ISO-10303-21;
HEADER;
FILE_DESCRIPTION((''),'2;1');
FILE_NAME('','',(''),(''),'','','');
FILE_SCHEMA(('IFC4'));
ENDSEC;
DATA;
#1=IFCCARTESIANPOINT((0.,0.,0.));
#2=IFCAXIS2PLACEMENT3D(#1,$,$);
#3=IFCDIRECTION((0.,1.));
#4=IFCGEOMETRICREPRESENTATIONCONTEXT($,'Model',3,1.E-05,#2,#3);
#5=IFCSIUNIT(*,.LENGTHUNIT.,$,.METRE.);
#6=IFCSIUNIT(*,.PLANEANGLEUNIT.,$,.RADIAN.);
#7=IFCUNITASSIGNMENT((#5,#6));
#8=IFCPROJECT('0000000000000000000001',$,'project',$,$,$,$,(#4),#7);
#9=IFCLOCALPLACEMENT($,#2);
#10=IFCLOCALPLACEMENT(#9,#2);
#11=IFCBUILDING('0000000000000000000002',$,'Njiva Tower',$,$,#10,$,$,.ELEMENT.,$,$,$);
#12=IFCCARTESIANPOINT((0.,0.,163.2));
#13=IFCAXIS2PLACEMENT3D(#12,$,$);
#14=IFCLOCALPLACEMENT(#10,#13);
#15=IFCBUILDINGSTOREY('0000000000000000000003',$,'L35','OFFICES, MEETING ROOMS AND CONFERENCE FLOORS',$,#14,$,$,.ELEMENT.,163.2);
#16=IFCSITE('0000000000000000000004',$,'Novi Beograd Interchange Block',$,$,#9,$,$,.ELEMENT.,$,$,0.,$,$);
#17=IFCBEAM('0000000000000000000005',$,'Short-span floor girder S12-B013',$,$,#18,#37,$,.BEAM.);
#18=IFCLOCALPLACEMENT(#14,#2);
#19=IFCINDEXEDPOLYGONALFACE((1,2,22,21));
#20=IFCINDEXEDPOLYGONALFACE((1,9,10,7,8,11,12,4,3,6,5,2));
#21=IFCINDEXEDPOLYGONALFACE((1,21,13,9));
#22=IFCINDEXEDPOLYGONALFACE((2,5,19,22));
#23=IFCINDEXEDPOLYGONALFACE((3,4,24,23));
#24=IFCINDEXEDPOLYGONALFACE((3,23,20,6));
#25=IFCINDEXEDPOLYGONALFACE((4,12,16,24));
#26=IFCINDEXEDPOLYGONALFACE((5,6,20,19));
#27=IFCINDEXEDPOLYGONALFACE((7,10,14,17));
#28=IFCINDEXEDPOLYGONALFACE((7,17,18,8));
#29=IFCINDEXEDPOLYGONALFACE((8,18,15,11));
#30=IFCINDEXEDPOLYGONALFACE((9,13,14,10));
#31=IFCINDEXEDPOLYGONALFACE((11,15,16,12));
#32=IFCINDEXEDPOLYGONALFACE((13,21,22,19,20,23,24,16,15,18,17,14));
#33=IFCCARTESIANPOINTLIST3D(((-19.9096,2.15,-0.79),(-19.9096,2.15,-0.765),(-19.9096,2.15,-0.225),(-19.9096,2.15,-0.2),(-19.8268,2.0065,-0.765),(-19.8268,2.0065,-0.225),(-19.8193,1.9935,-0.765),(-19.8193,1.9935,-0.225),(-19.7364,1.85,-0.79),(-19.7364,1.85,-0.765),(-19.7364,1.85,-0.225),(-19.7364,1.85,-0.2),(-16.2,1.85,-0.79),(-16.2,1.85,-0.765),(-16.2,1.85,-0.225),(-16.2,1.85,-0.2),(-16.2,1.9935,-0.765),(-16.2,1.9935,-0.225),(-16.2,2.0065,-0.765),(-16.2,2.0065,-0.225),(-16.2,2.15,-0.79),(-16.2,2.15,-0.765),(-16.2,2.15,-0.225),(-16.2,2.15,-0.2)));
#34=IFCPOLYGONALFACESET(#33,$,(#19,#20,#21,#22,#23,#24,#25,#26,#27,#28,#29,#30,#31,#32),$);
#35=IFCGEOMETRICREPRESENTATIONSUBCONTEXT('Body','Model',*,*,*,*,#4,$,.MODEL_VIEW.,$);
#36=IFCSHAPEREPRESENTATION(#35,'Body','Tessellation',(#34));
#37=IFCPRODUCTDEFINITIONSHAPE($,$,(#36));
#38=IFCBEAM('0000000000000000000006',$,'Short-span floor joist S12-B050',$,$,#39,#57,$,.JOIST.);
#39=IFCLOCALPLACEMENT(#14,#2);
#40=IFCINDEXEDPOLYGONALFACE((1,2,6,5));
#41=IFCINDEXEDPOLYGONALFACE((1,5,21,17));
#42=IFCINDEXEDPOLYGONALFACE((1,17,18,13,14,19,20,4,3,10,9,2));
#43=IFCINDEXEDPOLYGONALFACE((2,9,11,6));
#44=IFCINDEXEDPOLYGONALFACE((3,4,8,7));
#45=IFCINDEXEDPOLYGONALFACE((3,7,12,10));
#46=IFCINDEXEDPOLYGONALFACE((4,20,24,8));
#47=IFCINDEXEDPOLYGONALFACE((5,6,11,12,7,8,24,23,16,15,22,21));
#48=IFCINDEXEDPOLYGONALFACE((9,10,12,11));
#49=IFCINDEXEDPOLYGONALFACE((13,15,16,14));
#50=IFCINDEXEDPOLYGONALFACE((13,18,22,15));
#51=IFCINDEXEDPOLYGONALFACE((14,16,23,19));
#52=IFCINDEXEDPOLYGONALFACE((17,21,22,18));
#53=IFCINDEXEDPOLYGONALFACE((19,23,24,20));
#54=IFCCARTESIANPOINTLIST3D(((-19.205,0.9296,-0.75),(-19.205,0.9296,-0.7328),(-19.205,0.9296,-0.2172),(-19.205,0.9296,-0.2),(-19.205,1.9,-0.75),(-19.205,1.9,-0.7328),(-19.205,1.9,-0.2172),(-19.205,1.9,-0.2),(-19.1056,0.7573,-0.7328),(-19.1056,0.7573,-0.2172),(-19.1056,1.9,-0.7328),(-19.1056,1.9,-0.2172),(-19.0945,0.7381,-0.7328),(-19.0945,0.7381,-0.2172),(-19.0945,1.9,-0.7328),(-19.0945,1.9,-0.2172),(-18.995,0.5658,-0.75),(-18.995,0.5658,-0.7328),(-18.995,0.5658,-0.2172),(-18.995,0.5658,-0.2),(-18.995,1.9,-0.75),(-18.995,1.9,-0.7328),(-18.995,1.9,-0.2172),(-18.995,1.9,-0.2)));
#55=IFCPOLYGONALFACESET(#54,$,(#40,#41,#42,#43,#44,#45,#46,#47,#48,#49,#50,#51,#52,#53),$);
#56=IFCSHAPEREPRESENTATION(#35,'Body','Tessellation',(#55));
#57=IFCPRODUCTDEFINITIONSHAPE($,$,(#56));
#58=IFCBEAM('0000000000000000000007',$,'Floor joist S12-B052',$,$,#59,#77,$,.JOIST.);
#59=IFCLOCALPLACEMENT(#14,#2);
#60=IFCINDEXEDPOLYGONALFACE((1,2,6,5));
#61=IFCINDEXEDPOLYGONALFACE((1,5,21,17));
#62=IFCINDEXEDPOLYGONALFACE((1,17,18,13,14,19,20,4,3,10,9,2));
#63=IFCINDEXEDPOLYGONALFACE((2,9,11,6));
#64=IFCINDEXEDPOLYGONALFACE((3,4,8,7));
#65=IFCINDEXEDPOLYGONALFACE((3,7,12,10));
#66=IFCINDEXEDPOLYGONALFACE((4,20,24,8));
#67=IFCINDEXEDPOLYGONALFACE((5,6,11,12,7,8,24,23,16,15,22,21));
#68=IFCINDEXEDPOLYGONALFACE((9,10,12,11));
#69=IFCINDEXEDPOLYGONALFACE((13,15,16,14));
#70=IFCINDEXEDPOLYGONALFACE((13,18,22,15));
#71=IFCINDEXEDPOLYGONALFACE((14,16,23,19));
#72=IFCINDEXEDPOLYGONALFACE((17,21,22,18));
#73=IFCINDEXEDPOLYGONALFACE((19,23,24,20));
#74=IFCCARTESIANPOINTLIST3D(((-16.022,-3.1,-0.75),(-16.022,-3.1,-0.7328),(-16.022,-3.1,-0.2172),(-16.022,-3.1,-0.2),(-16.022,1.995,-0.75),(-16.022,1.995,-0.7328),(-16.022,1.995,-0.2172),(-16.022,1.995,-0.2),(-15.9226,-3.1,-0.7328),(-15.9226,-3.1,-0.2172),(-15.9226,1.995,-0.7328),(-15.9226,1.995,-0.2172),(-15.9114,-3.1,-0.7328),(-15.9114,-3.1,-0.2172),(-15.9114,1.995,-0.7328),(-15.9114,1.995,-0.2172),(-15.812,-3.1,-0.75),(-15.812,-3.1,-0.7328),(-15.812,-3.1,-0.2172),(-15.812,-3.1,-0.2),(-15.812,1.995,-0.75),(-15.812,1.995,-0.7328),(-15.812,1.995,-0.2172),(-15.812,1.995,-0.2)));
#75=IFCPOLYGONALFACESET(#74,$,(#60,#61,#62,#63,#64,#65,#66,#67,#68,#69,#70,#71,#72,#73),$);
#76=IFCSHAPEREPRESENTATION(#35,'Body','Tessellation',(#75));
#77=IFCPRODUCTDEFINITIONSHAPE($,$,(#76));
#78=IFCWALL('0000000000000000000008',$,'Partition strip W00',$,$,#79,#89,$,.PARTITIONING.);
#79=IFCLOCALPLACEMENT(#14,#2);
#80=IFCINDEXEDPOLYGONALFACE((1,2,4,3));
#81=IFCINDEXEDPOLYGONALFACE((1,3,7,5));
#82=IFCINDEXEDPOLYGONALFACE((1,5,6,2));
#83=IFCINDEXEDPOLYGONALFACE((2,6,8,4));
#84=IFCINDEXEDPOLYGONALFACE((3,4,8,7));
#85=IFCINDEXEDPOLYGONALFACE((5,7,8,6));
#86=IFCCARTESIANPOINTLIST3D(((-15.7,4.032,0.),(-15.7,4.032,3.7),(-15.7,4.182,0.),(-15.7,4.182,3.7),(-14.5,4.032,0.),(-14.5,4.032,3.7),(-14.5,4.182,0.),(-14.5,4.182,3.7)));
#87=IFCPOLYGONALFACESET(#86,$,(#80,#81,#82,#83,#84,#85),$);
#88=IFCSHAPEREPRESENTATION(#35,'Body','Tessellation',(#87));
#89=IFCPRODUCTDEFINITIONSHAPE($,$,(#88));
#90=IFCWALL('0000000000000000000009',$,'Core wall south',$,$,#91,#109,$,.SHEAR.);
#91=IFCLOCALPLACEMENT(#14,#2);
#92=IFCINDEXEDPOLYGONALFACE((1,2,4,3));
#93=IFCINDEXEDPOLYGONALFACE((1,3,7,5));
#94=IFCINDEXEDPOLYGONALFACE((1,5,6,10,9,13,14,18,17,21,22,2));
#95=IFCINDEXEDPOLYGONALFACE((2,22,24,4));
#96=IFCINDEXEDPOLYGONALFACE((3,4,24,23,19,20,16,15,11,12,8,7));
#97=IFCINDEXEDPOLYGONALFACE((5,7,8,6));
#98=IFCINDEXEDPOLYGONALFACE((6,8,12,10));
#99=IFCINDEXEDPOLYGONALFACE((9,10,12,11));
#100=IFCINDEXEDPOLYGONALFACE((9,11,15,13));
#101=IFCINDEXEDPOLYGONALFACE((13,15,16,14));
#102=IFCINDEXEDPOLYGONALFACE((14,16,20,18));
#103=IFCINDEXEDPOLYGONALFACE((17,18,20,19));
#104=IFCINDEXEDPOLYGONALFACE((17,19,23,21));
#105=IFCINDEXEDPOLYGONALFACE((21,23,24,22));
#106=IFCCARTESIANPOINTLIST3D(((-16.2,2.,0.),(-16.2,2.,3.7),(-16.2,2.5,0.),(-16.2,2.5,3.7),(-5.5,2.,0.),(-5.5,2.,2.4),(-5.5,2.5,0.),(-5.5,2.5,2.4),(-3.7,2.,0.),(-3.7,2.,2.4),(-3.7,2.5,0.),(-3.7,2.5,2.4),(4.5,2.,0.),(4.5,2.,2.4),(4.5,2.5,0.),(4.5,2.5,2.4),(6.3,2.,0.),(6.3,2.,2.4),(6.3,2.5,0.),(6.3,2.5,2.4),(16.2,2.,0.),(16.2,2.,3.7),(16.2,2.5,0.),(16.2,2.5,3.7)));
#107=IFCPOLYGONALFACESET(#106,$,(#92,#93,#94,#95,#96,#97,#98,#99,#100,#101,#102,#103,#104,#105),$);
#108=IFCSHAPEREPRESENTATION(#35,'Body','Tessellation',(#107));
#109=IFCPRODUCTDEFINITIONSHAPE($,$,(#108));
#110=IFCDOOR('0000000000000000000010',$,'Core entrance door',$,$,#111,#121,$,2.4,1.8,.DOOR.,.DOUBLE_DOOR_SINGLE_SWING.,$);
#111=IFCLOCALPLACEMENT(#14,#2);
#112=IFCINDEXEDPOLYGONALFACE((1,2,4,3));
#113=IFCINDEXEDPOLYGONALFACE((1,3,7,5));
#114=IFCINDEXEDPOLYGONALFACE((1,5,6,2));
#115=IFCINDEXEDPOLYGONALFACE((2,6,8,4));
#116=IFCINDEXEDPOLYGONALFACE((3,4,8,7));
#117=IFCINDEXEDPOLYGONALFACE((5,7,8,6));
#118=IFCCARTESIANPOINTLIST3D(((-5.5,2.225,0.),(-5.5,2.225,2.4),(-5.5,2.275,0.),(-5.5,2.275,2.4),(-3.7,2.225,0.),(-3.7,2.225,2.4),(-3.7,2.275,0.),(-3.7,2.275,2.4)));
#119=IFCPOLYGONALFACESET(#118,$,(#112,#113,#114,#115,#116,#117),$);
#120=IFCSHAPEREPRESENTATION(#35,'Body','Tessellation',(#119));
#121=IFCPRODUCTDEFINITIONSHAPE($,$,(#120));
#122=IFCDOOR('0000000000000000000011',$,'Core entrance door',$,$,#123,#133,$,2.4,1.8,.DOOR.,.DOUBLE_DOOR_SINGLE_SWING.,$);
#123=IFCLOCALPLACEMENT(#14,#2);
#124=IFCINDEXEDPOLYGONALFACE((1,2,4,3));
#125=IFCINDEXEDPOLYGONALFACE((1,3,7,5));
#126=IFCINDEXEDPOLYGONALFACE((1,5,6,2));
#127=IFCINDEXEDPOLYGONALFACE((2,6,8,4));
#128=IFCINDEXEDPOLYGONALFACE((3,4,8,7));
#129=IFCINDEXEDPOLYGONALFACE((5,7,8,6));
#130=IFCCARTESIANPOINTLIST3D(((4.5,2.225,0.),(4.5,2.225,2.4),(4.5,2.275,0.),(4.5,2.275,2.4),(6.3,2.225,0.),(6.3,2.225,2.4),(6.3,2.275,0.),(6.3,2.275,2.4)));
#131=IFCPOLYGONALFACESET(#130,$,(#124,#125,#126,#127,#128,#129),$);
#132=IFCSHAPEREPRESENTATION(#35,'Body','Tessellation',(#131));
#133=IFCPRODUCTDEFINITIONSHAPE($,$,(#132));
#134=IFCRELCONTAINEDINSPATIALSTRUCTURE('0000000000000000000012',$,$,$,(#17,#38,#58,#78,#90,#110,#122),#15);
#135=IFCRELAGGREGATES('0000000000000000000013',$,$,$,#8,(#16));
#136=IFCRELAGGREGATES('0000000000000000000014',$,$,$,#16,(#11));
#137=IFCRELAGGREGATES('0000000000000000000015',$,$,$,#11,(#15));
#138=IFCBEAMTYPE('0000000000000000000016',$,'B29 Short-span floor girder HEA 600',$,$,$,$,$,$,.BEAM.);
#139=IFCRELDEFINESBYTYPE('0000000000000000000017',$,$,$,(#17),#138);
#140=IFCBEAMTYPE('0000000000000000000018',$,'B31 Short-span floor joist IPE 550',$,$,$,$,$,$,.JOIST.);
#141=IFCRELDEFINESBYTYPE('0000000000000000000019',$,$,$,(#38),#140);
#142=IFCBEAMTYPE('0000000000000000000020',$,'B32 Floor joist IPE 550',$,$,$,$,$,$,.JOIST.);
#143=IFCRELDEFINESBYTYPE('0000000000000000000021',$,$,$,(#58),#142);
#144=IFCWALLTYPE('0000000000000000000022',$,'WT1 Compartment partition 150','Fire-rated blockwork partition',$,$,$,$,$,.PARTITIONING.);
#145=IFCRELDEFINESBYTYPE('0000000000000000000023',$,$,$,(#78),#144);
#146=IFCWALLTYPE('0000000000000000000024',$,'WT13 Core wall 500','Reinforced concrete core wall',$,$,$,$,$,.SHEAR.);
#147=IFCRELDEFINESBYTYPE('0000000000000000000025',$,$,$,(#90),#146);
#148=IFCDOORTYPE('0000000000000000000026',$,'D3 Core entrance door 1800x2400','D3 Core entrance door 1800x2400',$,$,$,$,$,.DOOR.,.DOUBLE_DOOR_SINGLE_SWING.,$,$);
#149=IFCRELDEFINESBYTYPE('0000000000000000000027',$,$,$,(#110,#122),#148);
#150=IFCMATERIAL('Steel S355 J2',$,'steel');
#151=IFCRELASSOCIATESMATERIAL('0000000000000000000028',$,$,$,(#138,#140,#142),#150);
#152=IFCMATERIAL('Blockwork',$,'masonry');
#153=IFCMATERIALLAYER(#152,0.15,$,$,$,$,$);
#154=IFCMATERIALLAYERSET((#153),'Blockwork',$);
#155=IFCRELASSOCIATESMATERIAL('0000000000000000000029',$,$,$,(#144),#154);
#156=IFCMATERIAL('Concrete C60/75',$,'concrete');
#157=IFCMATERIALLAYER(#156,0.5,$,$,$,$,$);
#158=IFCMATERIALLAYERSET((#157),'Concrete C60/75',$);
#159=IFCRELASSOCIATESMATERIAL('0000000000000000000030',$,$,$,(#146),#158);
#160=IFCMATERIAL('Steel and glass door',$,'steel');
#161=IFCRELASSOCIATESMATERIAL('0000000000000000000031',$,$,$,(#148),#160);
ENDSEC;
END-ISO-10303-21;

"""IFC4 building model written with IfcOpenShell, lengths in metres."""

from ifc_helpers import new_model, si_unit, direction, frame, frame_2d, origin, origin_2d, place, context, subcontext, project, spatial, rectangle, i_section, extrude, clip, halfspace, material, layer, layer_set, material_profile, profile_set, type_object, element, fill, save


model = new_model("IFC4")

# Units and contexts
model_context = context("Model", 3, precision=1e-05, world=origin(), true_north=direction((0.0, 1.0)))
body_context = subcontext(model_context, "Body", "Model", "MODEL_VIEW")
ifc_project = project(units=[si_unit("LENGTHUNIT", "METRE"), si_unit("PLANEANGLEUNIT", "RADIAN")], contexts=[model_context])

# Site, building, storey
site_placement = place(None, origin())
site = spatial("IfcSite", under=ifc_project, at=site_placement, Name="Novi Beograd Interchange Block", CompositionType="ELEMENT", RefElevation=0.0)
building_placement = place(site_placement, origin())
building = spatial("IfcBuilding", under=site, at=building_placement, Name="Njiva Tower", CompositionType="ELEMENT")
storey_placement = place(building_placement, frame((0.0, 0.0, 163.2)))
storey = spatial("IfcBuildingStorey", under=building, at=storey_placement, Name="L35", Description="OFFICES, MEETING ROOMS AND CONFERENCE FLOORS", CompositionType="ELEMENT", Elevation=163.2)

# Shared definitions
ifc_material_1 = material(Name="Steel S355 J2", Category="steel")

# Beams
ifc_material_profile_1 = material_profile(ifc_material_1, i_section(OverallWidth=0.3, OverallDepth=0.59, WebThickness=0.013, FlangeThickness=0.025, at=origin_2d()), Name="HEA 600")
ifc_profile_set_1 = profile_set([ifc_material_profile_1], Name="Steel S355 J2")
beam_type_1 = type_object("IfcBeamType", Name="B29 Short-span floor girder HEA 600", PredefinedType="BEAM", material=ifc_profile_set_1)
beam_1_placement = place(storey_placement, frame((-19.93, 2.0, -0.495), z_axis=(1.0, 0.0, 0.0), x_axis=(0.0, 1.0, 0.0)))
element("IfcBeam", 1, at=beam_1_placement, inside=storey, type_object=beam_type_1, Name="Short-span floor girder S12-B013", PredefinedType="BEAM", context=body_context, shape_type="Clipping", body=[
    clip(extrude(i_section(OverallWidth=0.3, OverallDepth=0.59, WebThickness=0.013, FlangeThickness=0.025, at=origin_2d()), origin(), (0.0, 0.0, 1.0), 3.73), halfspace(frame((-0.025, 0.0, 0.1214), z_axis=(-0.499998, 0.0, -0.866027), x_axis=(0.0, -1.0, 0.0)), False)),
])
ifc_material_profile_2 = material_profile(ifc_material_1, i_section(OverallWidth=0.21, OverallDepth=0.55, WebThickness=0.0111, FlangeThickness=0.0172, at=origin_2d()), Name="IPE 550")
ifc_profile_set_2 = profile_set([ifc_material_profile_2], Name="Steel S355 J2")
beam_type_2 = type_object("IfcBeamType", Name="B31 Short-span floor joist IPE 550", PredefinedType="JOIST", material=ifc_profile_set_2)
beam_2_placement = place(storey_placement, frame((-19.1, 1.9, -0.475), z_axis=(0.0, -1.0, 0.0), x_axis=(1.0, 0.0, 0.0)))
element("IfcBeam", 2, at=beam_2_placement, inside=storey, type_object=beam_type_2, Name="Short-span floor joist S12-B050", PredefinedType="JOIST", context=body_context, shape_type="Clipping", body=[
    clip(extrude(i_section(OverallWidth=0.21, OverallDepth=0.55, WebThickness=0.0111, FlangeThickness=0.0172, at=origin_2d()), origin(), (0.0, 0.0, 1.0), 1.354), halfspace(frame((-0.0433, 0.0, 1.0773), z_axis=(-0.866027, 0.0, 0.499998), x_axis=(0.0, 1.0, 0.0)), False)),
])
ifc_material_profile_3 = material_profile(ifc_material_1, i_section(OverallWidth=0.21, OverallDepth=0.55, WebThickness=0.0111, FlangeThickness=0.0172, at=origin_2d()), Name="IPE 550")
ifc_profile_set_3 = profile_set([ifc_material_profile_3], Name="Steel S355 J2")
beam_type_3 = type_object("IfcBeamType", Name="B32 Floor joist IPE 550", PredefinedType="JOIST", material=ifc_profile_set_3)
beam_3_placement = place(storey_placement, frame((-15.917, 1.995, -0.475), z_axis=(0.0, -1.0, 0.0), x_axis=(1.0, 0.0, 0.0)))
element("IfcBeam", 3, at=beam_3_placement, inside=storey, type_object=beam_type_3, Name="Floor joist S12-B052", PredefinedType="JOIST", context=body_context, shape_type="SweptSolid", body=[
    extrude(i_section(OverallWidth=0.21, OverallDepth=0.55, WebThickness=0.0111, FlangeThickness=0.0172, at=origin_2d()), origin(), (0.0, 0.0, 1.0), 5.095),
])

# Wall
ifc_material_2 = material(Name="Blockwork", Category="masonry")
ifc_layer_1 = layer(ifc_material_2, 0.15)
ifc_layer_set_1 = layer_set([ifc_layer_1], Name="Blockwork")
wall_type_1 = type_object("IfcWallType", Name="WT1 Compartment partition 150", Description="Fire-rated blockwork partition", PredefinedType="PARTITIONING", material=ifc_layer_set_1)
wall_1_placement = place(storey_placement, frame((-15.7, 4.107, 0.0), z_axis=(0.0, 0.0, 1.0), x_axis=(1.0, 0.0, 0.0)))
element("IfcWall", 4, at=wall_1_placement, inside=storey, type_object=wall_type_1, Name="Partition strip W00", PredefinedType="PARTITIONING", context=body_context, shape_type="SweptSolid", body=[
    extrude(rectangle(XDim=1.2, YDim=0.15, at=frame_2d((0.6, 0.0))), origin(), (0.0, 0.0, 1.0), 3.7),
])

# Wall, openings, doors
ifc_material_3 = material(Name="Concrete C60/75", Category="concrete")
ifc_layer_2 = layer(ifc_material_3, 0.5)
ifc_layer_set_2 = layer_set([ifc_layer_2], Name="Concrete C60/75")
wall_type_2 = type_object("IfcWallType", Name="WT13 Core wall 500", Description="Reinforced concrete core wall", PredefinedType="SHEAR", material=ifc_layer_set_2)
wall_2_placement = place(storey_placement, frame((-16.2, 2.25, 0.0), z_axis=(0.0, 0.0, 1.0), x_axis=(1.0, 0.0, 0.0)))
wall_2 = element("IfcWall", 5, at=wall_2_placement, inside=storey, type_object=wall_type_2, Name="Core wall south", PredefinedType="SHEAR", context=body_context, shape_type="SweptSolid", body=[
    extrude(rectangle(XDim=32.4, YDim=0.5, at=frame_2d((16.2, 0.0))), origin(), (0.0, 0.0, 1.0), 3.7),
])
opening_1_placement = place(wall_2_placement, frame((10.7, 0.0, 0.0)))
opening_1 = element("IfcOpeningElement", 6, at=opening_1_placement, cuts=wall_2, PredefinedType="OPENING", context=body_context, shape_type="SweptSolid", body=[
    extrude(rectangle(XDim=1.8, YDim=2.4, at=frame_2d((0.9, 1.2))), frame((0.0, 0.26, 0.0), z_axis=(0.0, -1.0, 0.0), x_axis=(1.0, 0.0, 0.0)), (0.0, 0.0, 1.0), 0.52),
])
opening_2_placement = place(wall_2_placement, frame((20.7, 0.0, 0.0)))
opening_2 = element("IfcOpeningElement", 7, at=opening_2_placement, cuts=wall_2, PredefinedType="OPENING", context=body_context, shape_type="SweptSolid", body=[
    extrude(rectangle(XDim=1.8, YDim=2.4, at=frame_2d((0.9, 1.2))), frame((0.0, 0.26, 0.0), z_axis=(0.0, -1.0, 0.0), x_axis=(1.0, 0.0, 0.0)), (0.0, 0.0, 1.0), 0.52),
])
ifc_material_4 = material(Name="Steel and glass door", Category="steel")
door_type_1 = type_object("IfcDoorType", Name="D3 Core entrance door 1800x2400", Description="D3 Core entrance door 1800x2400", OperationType="DOUBLE_DOOR_SINGLE_SWING", PredefinedType="DOOR", material=ifc_material_4)
door_1_placement = place(opening_1_placement, origin())
door_1 = element("IfcDoor", 8, at=door_1_placement, inside=storey, type_object=door_type_1, Name="Core entrance door", OperationType="DOUBLE_DOOR_SINGLE_SWING", OverallHeight=2.4, OverallWidth=1.8, PredefinedType="DOOR", context=body_context, shape_type="SweptSolid", body=[
    extrude(rectangle(XDim=1.8, YDim=2.4, at=frame_2d((0.9, 1.2))), frame((0.0, 0.025, 0.0), z_axis=(0.0, -1.0, 0.0), x_axis=(1.0, 0.0, 0.0)), (0.0, 0.0, 1.0), 0.05),
])
fill(opening_1, door_1)
door_2_placement = place(opening_2_placement, origin())
door_2 = element("IfcDoor", 9, at=door_2_placement, inside=storey, type_object=door_type_1, Name="Core entrance door", OperationType="DOUBLE_DOOR_SINGLE_SWING", OverallHeight=2.4, OverallWidth=1.8, PredefinedType="DOOR", context=body_context, shape_type="SweptSolid", body=[
    extrude(rectangle(XDim=1.8, YDim=2.4, at=frame_2d((0.9, 1.2))), frame((0.0, 0.025, 0.0), z_axis=(0.0, -1.0, 0.0), x_axis=(1.0, 0.0, 0.0)), (0.0, 0.0, 1.0), 0.05),
])
fill(opening_2, door_2)

save(model, "model.ifc")
